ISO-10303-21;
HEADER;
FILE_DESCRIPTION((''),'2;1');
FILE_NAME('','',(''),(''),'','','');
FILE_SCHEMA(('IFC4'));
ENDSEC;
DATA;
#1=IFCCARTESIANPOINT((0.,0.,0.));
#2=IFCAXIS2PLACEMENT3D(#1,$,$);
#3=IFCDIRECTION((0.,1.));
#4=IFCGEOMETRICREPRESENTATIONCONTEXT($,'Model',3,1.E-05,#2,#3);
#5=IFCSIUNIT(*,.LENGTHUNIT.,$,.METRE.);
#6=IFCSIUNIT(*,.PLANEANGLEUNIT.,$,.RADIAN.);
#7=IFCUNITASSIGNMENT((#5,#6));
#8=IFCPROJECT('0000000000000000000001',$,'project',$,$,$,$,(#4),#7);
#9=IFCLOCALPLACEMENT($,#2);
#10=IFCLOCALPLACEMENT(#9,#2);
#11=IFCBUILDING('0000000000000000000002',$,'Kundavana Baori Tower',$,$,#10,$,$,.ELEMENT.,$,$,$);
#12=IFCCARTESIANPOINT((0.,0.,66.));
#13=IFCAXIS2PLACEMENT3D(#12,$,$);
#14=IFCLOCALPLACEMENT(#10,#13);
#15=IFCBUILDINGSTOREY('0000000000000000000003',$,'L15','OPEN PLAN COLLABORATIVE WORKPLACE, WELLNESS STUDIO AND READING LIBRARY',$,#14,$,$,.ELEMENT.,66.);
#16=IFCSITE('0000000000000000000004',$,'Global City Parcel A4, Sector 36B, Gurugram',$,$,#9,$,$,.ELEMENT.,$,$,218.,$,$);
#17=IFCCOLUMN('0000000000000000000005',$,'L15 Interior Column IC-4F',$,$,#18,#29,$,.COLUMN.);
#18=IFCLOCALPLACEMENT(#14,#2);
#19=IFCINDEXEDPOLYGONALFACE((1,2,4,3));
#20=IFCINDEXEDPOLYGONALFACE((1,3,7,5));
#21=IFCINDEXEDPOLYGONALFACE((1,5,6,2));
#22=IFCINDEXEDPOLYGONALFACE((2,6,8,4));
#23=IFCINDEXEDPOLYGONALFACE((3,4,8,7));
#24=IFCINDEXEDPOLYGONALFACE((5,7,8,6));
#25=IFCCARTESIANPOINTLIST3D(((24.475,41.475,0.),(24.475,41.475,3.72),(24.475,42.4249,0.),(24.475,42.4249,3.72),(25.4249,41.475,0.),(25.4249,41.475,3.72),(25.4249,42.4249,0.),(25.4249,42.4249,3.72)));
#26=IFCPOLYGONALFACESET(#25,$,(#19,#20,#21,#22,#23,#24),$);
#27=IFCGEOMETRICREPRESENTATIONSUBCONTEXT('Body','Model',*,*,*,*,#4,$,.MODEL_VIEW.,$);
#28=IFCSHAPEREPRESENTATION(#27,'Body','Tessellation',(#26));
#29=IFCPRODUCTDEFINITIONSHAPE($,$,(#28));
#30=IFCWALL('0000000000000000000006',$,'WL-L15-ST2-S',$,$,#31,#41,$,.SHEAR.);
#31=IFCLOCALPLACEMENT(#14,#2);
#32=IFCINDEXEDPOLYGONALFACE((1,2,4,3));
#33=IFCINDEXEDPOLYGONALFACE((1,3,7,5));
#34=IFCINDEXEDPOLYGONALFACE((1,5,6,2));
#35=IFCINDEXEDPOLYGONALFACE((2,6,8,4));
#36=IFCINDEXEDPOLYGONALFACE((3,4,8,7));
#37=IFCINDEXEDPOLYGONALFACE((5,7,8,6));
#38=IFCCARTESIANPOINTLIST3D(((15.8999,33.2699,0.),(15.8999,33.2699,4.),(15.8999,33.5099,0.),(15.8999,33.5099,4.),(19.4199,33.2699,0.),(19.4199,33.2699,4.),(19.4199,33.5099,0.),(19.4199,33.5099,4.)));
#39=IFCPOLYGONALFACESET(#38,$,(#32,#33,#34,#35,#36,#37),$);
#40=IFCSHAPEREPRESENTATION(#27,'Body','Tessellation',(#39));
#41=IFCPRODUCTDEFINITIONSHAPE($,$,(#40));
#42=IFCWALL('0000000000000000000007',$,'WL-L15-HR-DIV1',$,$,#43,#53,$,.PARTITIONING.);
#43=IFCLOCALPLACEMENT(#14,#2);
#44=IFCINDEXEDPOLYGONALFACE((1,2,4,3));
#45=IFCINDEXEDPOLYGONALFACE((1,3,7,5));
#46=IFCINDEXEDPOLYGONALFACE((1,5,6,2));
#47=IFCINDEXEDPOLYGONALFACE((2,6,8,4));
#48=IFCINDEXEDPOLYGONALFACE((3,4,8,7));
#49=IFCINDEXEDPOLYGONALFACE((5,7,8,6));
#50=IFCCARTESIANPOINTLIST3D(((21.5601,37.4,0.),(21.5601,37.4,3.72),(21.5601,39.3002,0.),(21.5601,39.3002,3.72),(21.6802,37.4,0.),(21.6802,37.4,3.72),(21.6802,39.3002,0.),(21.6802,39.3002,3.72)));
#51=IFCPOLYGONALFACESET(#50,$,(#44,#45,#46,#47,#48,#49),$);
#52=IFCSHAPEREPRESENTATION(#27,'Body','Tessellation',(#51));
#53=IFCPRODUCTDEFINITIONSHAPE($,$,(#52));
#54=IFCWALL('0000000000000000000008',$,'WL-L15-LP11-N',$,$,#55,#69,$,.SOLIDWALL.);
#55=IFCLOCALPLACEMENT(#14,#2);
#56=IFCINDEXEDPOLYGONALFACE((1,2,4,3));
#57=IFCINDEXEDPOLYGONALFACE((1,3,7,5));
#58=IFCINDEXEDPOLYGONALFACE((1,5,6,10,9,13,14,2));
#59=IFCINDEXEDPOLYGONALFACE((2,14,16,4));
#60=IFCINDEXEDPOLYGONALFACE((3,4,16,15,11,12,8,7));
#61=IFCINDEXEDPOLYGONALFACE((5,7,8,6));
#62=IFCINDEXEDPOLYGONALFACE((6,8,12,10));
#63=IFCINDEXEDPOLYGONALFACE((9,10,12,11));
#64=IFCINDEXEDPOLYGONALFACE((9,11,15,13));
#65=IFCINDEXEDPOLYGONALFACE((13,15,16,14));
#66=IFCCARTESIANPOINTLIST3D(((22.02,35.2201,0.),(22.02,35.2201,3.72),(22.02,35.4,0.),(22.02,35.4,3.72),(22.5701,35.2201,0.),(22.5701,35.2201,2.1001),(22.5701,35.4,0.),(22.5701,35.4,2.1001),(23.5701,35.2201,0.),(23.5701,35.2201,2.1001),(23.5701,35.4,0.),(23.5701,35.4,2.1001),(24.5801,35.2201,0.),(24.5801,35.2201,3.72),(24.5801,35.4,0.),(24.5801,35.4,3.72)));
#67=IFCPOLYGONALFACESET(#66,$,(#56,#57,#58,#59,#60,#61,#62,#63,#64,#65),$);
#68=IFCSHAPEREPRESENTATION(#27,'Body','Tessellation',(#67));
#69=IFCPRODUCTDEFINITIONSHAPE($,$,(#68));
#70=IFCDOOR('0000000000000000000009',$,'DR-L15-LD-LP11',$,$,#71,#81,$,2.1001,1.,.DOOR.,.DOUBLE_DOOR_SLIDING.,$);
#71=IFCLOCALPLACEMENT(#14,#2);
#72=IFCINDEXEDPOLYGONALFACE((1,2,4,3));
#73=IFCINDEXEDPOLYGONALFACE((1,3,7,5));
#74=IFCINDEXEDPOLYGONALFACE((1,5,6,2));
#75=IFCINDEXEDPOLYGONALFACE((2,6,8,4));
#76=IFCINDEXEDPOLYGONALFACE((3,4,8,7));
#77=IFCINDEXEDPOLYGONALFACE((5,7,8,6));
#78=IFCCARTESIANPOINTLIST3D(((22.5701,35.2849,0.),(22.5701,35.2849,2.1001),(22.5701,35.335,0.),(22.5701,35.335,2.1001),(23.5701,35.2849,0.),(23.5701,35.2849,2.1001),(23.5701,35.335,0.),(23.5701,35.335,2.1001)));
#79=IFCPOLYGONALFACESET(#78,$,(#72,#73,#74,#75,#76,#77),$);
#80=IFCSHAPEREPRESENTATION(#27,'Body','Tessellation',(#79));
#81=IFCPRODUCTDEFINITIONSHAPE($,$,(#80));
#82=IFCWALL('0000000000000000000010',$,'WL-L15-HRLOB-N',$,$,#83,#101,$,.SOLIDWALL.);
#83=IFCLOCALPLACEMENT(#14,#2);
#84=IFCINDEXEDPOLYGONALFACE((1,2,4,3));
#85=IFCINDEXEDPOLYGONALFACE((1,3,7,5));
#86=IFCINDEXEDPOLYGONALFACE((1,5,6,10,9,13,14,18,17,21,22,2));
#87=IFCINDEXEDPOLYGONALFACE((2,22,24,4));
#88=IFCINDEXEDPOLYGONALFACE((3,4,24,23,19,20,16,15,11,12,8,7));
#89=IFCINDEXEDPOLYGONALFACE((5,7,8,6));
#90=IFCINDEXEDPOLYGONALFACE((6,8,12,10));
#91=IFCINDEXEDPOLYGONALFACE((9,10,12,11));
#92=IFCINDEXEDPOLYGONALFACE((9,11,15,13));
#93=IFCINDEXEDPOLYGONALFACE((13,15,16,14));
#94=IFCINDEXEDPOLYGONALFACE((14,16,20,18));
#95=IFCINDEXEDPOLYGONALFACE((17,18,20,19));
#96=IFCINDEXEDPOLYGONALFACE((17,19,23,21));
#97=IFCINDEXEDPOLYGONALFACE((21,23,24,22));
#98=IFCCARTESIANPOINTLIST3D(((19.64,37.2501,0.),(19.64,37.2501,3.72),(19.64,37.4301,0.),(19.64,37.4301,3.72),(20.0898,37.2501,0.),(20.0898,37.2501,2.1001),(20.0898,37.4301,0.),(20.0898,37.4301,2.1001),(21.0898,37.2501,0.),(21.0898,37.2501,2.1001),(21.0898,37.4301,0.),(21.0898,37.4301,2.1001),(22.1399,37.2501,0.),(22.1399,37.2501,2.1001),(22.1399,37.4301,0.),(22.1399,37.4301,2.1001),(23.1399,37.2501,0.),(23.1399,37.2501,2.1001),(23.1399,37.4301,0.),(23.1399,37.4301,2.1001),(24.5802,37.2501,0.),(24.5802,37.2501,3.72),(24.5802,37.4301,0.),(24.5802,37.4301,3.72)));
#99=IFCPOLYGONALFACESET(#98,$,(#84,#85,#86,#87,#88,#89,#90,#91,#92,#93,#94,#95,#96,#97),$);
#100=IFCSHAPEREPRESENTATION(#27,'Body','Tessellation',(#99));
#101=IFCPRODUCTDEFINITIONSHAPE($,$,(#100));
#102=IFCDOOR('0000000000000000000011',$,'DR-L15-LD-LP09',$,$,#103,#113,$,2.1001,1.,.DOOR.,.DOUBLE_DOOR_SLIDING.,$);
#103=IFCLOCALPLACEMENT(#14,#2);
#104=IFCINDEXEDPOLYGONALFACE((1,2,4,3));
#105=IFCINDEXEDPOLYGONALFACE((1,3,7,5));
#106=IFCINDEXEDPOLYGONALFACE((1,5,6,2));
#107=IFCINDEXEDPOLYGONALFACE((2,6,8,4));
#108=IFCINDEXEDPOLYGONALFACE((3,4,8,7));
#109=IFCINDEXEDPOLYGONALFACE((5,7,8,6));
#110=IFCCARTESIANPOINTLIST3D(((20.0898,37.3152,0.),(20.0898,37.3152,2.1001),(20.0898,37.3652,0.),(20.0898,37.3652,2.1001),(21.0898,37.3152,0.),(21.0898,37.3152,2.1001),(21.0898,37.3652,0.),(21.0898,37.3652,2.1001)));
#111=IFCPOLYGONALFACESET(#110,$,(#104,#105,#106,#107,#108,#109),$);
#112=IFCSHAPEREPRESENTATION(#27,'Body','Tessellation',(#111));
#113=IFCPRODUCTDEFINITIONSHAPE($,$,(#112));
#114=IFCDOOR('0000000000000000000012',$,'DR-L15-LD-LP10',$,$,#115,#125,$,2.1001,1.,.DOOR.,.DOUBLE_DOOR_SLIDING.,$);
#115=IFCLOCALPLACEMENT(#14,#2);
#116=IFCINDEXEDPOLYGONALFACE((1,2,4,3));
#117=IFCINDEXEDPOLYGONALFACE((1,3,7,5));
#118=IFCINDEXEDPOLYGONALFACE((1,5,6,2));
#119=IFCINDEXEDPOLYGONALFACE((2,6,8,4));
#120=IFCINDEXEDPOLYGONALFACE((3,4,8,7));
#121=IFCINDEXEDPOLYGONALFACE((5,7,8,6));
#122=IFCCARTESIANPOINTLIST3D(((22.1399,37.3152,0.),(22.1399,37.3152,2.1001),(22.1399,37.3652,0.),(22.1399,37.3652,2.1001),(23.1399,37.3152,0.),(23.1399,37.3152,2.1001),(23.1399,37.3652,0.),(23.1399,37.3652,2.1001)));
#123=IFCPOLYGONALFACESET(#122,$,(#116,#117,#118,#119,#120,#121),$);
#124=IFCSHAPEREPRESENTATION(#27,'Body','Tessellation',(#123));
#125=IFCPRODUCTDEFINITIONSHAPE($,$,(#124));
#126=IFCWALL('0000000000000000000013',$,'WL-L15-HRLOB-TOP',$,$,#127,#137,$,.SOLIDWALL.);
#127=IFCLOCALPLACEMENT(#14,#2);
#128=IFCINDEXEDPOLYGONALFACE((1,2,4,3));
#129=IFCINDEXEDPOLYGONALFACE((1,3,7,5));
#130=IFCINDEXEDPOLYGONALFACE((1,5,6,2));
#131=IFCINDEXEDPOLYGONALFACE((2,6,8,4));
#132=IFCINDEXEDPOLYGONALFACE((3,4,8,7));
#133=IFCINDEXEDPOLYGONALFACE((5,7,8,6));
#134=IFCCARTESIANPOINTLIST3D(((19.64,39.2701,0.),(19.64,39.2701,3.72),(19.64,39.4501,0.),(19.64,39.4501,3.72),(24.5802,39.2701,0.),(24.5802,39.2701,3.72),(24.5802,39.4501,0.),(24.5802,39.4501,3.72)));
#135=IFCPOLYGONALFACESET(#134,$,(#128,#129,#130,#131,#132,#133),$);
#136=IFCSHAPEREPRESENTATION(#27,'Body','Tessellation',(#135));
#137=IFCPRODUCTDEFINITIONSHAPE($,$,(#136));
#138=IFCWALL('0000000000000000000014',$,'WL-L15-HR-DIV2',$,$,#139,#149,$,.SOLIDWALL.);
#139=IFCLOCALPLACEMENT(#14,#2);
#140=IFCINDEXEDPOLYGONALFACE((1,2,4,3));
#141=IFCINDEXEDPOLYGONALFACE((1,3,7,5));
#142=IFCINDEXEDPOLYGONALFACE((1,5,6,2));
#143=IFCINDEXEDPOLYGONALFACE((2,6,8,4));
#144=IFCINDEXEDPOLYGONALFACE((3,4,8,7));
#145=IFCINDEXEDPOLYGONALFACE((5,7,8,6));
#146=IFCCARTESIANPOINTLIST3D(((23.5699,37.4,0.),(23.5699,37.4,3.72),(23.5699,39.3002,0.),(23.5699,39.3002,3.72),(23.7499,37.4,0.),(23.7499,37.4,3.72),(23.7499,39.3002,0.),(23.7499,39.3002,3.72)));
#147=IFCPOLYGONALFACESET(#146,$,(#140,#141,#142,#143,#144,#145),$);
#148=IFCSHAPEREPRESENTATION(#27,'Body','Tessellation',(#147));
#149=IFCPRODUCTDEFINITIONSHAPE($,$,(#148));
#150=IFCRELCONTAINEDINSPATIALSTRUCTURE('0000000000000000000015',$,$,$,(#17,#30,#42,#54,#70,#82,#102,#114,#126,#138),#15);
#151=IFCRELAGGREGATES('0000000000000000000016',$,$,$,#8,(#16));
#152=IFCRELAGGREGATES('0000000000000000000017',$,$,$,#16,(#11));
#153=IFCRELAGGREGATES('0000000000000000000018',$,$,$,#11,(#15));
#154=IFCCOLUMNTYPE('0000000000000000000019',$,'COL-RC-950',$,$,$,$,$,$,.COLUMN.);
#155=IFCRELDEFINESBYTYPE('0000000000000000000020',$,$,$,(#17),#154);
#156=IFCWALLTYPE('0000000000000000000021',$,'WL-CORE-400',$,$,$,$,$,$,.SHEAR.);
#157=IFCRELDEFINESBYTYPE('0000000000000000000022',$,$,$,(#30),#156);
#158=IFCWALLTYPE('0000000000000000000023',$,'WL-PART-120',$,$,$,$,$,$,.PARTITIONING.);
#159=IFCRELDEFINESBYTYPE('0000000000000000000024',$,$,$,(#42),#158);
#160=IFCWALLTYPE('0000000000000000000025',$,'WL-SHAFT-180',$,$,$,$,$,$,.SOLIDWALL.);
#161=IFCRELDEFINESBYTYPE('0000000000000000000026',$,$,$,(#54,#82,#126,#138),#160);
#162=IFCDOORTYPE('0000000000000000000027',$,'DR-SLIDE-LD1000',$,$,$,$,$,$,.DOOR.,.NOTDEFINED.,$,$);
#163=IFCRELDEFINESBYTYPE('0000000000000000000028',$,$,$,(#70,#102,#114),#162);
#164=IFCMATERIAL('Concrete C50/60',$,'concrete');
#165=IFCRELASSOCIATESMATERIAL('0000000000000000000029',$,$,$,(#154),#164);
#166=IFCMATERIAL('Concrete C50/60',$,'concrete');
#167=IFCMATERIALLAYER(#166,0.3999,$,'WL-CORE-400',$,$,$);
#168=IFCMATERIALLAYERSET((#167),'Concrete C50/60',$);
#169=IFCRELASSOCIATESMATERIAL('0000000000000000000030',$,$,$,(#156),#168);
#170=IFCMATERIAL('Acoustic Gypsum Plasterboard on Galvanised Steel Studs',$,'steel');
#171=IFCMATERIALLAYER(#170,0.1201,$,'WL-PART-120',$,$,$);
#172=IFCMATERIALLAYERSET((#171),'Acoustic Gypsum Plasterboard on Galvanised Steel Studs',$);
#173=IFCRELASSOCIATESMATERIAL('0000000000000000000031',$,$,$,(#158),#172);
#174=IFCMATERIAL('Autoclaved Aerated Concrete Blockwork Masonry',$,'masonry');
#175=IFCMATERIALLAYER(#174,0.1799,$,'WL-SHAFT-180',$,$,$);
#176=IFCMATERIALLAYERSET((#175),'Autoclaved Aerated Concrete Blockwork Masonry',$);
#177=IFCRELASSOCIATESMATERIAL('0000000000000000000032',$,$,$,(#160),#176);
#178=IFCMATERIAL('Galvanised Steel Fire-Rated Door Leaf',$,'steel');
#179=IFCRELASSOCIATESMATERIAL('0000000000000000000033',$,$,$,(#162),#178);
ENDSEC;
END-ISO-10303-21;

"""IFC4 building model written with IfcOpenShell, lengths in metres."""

from ifc_helpers import new_model, si_unit, direction, frame, frame_2d, origin, origin_2d, place, context, subcontext, project, spatial, rectangle, extrude, material, layer, layer_set, material_profile, profile_set, type_object, element, fill, save


model = new_model("IFC4")

# Units and contexts
model_context = context("Model", 3, precision=1e-05, world=origin(), true_north=direction((0.0, 1.0)))
body_context = subcontext(model_context, "Body", "Model", "MODEL_VIEW")
ifc_project = project(units=[si_unit("LENGTHUNIT", "METRE"), si_unit("PLANEANGLEUNIT", "RADIAN")], contexts=[model_context])

# Site, building, storey
site_placement = place(None, origin())
site = spatial("IfcSite", under=ifc_project, at=site_placement, Name="Global City Parcel A4, Sector 36B, Gurugram", CompositionType="ELEMENT", RefElevation=218.0)
building_placement = place(site_placement, origin())
building = spatial("IfcBuilding", under=site, at=building_placement, Name="Kundavana Baori Tower", CompositionType="ELEMENT")
storey_placement = place(building_placement, frame((0.0, 0.0, 66.0)))
storey = spatial("IfcBuildingStorey", under=building, at=storey_placement, Name="L15", Description="OPEN PLAN COLLABORATIVE WORKPLACE, WELLNESS STUDIO AND READING LIBRARY", CompositionType="ELEMENT", Elevation=66.0)

# Column
ifc_material_1 = material(Name="Concrete C50/60", Category="concrete")
ifc_material_profile = material_profile(ifc_material_1, rectangle(XDim=0.95, YDim=0.95, at=origin_2d()), Name="RC 950x950")
ifc_profile_set = profile_set([ifc_material_profile], Name="Concrete C50/60")
column_type = type_object("IfcColumnType", Name="COL-RC-950", PredefinedType="COLUMN", material=ifc_profile_set)
column_placement = place(storey_placement, frame((24.95, 41.95, 0.0), z_axis=(0.0, 0.0, 1.0), x_axis=(1.0, 0.0, 0.0)))
element("IfcColumn", 1, at=column_placement, inside=storey, type_object=column_type, Name="L15 Interior Column IC-4F", PredefinedType="COLUMN", context=body_context, shape_type="SweptSolid", body=[
    extrude(rectangle(XDim=0.95, YDim=0.95, at=origin_2d()), origin(), (0.0, 0.0, 1.0), 3.72),
])

# Walls
ifc_material_2 = material(Name="Concrete C50/60", Category="concrete")
ifc_layer_1 = layer(ifc_material_2, 0.3999, Name="WL-CORE-400")
ifc_layer_set_1 = layer_set([ifc_layer_1], Name="Concrete C50/60")
wall_type_1 = type_object("IfcWallType", Name="WL-CORE-400", PredefinedType="SHEAR", material=ifc_layer_set_1)
wall_1_placement = place(storey_placement, frame((15.8999, 33.3899, 0.0), z_axis=(0.0, 0.0, 1.0), x_axis=(1.0, 0.0, 0.0)))
element("IfcWall", 2, at=wall_1_placement, inside=storey, type_object=wall_type_1, Name="WL-L15-ST2-S", PredefinedType="SHEAR", context=body_context, shape_type="SweptSolid", body=[
    extrude(rectangle(XDim=3.52, YDim=0.24, at=frame_2d((1.76, 0.0))), origin(), (0.0, 0.0, 1.0), 4.0),
])
ifc_material_3 = material(Name="Acoustic Gypsum Plasterboard on Galvanised Steel Studs", Category="steel")
ifc_layer_2 = layer(ifc_material_3, 0.1201, Name="WL-PART-120")
ifc_layer_set_2 = layer_set([ifc_layer_2], Name="Acoustic Gypsum Plasterboard on Galvanised Steel Studs")
wall_type_2 = type_object("IfcWallType", Name="WL-PART-120", PredefinedType="PARTITIONING", material=ifc_layer_set_2)
wall_2_placement = place(storey_placement, frame((21.6201, 37.3999, 0.0), z_axis=(0.0, 0.0, 1.0), x_axis=(0.0, 1.0, 0.0)))
element("IfcWall", 3, at=wall_2_placement, inside=storey, type_object=wall_type_2, Name="WL-L15-HR-DIV1", PredefinedType="PARTITIONING", context=body_context, shape_type="SweptSolid", body=[
    extrude(rectangle(XDim=1.9001, YDim=0.1201, at=frame_2d((0.9502, 0.0))), origin(), (0.0, 0.0, 1.0), 3.72),
])

# Wall, opening, door
ifc_material_4 = material(Name="Autoclaved Aerated Concrete Blockwork Masonry", Category="masonry")
ifc_layer_3 = layer(ifc_material_4, 0.1799, Name="WL-SHAFT-180")
ifc_layer_set_3 = layer_set([ifc_layer_3], Name="Autoclaved Aerated Concrete Blockwork Masonry")
wall_type_3 = type_object("IfcWallType", Name="WL-SHAFT-180", PredefinedType="SOLIDWALL", material=ifc_layer_set_3)
wall_3_placement = place(storey_placement, frame((22.02, 35.3101, 0.0), z_axis=(0.0, 0.0, 1.0), x_axis=(1.0, 0.0, 0.0)))
wall_3 = element("IfcWall", 4, at=wall_3_placement, inside=storey, type_object=wall_type_3, Name="WL-L15-LP11-N", PredefinedType="SOLIDWALL", context=body_context, shape_type="SweptSolid", body=[
    extrude(rectangle(XDim=2.5601, YDim=0.1799, at=frame_2d((1.28, 0.0))), origin(), (0.0, 0.0, 1.0), 3.72),
])
opening_1_placement = place(wall_3_placement, frame((0.55, 0.0, 0.0)))
opening_1 = element("IfcOpeningElement", 5, at=opening_1_placement, cuts=wall_3, PredefinedType="OPENING", context=body_context, shape_type="SweptSolid", body=[
    extrude(rectangle(XDim=1.0, YDim=2.1001, at=frame_2d((0.5, 1.05))), frame((0.0, 0.1001, 0.0), z_axis=(0.0, -1.0, 0.0), x_axis=(1.0, 0.0, 0.0)), (0.0, 0.0, 1.0), 0.2),
])
ifc_material_5 = material(Name="Galvanised Steel Fire-Rated Door Leaf", Category="steel")
door_type = type_object("IfcDoorType", Name="DR-SLIDE-LD1000", OperationType="NOTDEFINED", PredefinedType="DOOR", material=ifc_material_5)
door_1_placement = place(opening_1_placement, origin())
door_1 = element("IfcDoor", 6, at=door_1_placement, inside=storey, type_object=door_type, Name="DR-L15-LD-LP11", OperationType="DOUBLE_DOOR_SLIDING", OverallHeight=2.1001, OverallWidth=1.0, PredefinedType="DOOR", context=body_context, shape_type="SweptSolid", body=[
    extrude(rectangle(XDim=1.0, YDim=2.1001, at=frame_2d((0.5, 1.05))), frame((0.0, 0.0249, 0.0), z_axis=(0.0, -1.0, 0.0), x_axis=(1.0, 0.0, 0.0)), (0.0, 0.0, 1.0), 0.05),
])
fill(opening_1, door_1)

# Wall, openings, doors
wall_4_placement = place(storey_placement, frame((19.6399, 37.3401, 0.0), z_axis=(0.0, 0.0, 1.0), x_axis=(1.0, 0.0, 0.0)))
wall_4 = element("IfcWall", 7, at=wall_4_placement, inside=storey, type_object=wall_type_3, Name="WL-L15-HRLOB-N", PredefinedType="SOLIDWALL", context=body_context, shape_type="SweptSolid", body=[
    extrude(rectangle(XDim=4.9402, YDim=0.1799, at=frame_2d((2.4702, 0.0))), origin(), (0.0, 0.0, 1.0), 3.72),
])
opening_2_placement = place(wall_4_placement, frame((0.45, 0.0, 0.0)))
opening_2 = element("IfcOpeningElement", 8, at=opening_2_placement, cuts=wall_4, PredefinedType="OPENING", context=body_context, shape_type="SweptSolid", body=[
    extrude(rectangle(XDim=1.0, YDim=2.1001, at=frame_2d((0.5, 1.05))), frame((0.0, 0.1001, 0.0), z_axis=(0.0, -1.0, 0.0), x_axis=(1.0, 0.0, 0.0)), (0.0, 0.0, 1.0), 0.2),
])
opening_3_placement = place(wall_4_placement, frame((2.5, 0.0, 0.0)))
opening_3 = element("IfcOpeningElement", 9, at=opening_3_placement, cuts=wall_4, PredefinedType="OPENING", context=body_context, shape_type="SweptSolid", body=[
    extrude(rectangle(XDim=1.0, YDim=2.1001, at=frame_2d((0.5, 1.05))), frame((0.0, 0.1001, 0.0), z_axis=(0.0, -1.0, 0.0), x_axis=(1.0, 0.0, 0.0)), (0.0, 0.0, 1.0), 0.2),
])
door_2_placement = place(opening_2_placement, frame((1.0, 0.0, 0.0), z_axis=(0.0, 0.0, 1.0), x_axis=(-1.0, 0.0, 0.0)))
door_2 = element("IfcDoor", 10, at=door_2_placement, inside=storey, type_object=door_type, Name="DR-L15-LD-LP09", OperationType="DOUBLE_DOOR_SLIDING", OverallHeight=2.1001, OverallWidth=1.0, PredefinedType="DOOR", context=body_context, shape_type="SweptSolid", body=[
    extrude(rectangle(XDim=1.0, YDim=2.1001, at=frame_2d((0.5, 1.05))), frame((0.0, 0.0249, 0.0), z_axis=(0.0, -1.0, 0.0), x_axis=(1.0, 0.0, 0.0)), (0.0, 0.0, 1.0), 0.05),
])
fill(opening_2, door_2)
door_3_placement = place(opening_3_placement, frame((1.0, 0.0, 0.0), z_axis=(0.0, 0.0, 1.0), x_axis=(-1.0, 0.0, 0.0)))
door_3 = element("IfcDoor", 11, at=door_3_placement, inside=storey, type_object=door_type, Name="DR-L15-LD-LP10", OperationType="DOUBLE_DOOR_SLIDING", OverallHeight=2.1001, OverallWidth=1.0, PredefinedType="DOOR", context=body_context, shape_type="SweptSolid", body=[
    extrude(rectangle(XDim=1.0, YDim=2.1001, at=frame_2d((0.5, 1.05))), frame((0.0, 0.0249, 0.0), z_axis=(0.0, -1.0, 0.0), x_axis=(1.0, 0.0, 0.0)), (0.0, 0.0, 1.0), 0.05),
])
fill(opening_3, door_3)

# Walls
wall_5_placement = place(storey_placement, frame((19.6399, 39.3601, 0.0), z_axis=(0.0, 0.0, 1.0), x_axis=(1.0, 0.0, 0.0)))
element("IfcWall", 12, at=wall_5_placement, inside=storey, type_object=wall_type_3, Name="WL-L15-HRLOB-TOP", PredefinedType="SOLIDWALL", context=body_context, shape_type="SweptSolid", body=[
    extrude(rectangle(XDim=4.9402, YDim=0.1799, at=frame_2d((2.4702, 0.0))), origin(), (0.0, 0.0, 1.0), 3.72),
])
wall_6_placement = place(storey_placement, frame((23.6599, 37.3999, 0.0), z_axis=(0.0, 0.0, 1.0), x_axis=(0.0, 1.0, 0.0)))
element("IfcWall", 13, at=wall_6_placement, inside=storey, type_object=wall_type_3, Name="WL-L15-HR-DIV2", PredefinedType="SOLIDWALL", context=body_context, shape_type="SweptSolid", body=[
    extrude(rectangle(XDim=1.9001, YDim=0.1799, at=frame_2d((0.9502, 0.0))), origin(), (0.0, 0.0, 1.0), 3.72),
])

save(model, "model.ifc")
